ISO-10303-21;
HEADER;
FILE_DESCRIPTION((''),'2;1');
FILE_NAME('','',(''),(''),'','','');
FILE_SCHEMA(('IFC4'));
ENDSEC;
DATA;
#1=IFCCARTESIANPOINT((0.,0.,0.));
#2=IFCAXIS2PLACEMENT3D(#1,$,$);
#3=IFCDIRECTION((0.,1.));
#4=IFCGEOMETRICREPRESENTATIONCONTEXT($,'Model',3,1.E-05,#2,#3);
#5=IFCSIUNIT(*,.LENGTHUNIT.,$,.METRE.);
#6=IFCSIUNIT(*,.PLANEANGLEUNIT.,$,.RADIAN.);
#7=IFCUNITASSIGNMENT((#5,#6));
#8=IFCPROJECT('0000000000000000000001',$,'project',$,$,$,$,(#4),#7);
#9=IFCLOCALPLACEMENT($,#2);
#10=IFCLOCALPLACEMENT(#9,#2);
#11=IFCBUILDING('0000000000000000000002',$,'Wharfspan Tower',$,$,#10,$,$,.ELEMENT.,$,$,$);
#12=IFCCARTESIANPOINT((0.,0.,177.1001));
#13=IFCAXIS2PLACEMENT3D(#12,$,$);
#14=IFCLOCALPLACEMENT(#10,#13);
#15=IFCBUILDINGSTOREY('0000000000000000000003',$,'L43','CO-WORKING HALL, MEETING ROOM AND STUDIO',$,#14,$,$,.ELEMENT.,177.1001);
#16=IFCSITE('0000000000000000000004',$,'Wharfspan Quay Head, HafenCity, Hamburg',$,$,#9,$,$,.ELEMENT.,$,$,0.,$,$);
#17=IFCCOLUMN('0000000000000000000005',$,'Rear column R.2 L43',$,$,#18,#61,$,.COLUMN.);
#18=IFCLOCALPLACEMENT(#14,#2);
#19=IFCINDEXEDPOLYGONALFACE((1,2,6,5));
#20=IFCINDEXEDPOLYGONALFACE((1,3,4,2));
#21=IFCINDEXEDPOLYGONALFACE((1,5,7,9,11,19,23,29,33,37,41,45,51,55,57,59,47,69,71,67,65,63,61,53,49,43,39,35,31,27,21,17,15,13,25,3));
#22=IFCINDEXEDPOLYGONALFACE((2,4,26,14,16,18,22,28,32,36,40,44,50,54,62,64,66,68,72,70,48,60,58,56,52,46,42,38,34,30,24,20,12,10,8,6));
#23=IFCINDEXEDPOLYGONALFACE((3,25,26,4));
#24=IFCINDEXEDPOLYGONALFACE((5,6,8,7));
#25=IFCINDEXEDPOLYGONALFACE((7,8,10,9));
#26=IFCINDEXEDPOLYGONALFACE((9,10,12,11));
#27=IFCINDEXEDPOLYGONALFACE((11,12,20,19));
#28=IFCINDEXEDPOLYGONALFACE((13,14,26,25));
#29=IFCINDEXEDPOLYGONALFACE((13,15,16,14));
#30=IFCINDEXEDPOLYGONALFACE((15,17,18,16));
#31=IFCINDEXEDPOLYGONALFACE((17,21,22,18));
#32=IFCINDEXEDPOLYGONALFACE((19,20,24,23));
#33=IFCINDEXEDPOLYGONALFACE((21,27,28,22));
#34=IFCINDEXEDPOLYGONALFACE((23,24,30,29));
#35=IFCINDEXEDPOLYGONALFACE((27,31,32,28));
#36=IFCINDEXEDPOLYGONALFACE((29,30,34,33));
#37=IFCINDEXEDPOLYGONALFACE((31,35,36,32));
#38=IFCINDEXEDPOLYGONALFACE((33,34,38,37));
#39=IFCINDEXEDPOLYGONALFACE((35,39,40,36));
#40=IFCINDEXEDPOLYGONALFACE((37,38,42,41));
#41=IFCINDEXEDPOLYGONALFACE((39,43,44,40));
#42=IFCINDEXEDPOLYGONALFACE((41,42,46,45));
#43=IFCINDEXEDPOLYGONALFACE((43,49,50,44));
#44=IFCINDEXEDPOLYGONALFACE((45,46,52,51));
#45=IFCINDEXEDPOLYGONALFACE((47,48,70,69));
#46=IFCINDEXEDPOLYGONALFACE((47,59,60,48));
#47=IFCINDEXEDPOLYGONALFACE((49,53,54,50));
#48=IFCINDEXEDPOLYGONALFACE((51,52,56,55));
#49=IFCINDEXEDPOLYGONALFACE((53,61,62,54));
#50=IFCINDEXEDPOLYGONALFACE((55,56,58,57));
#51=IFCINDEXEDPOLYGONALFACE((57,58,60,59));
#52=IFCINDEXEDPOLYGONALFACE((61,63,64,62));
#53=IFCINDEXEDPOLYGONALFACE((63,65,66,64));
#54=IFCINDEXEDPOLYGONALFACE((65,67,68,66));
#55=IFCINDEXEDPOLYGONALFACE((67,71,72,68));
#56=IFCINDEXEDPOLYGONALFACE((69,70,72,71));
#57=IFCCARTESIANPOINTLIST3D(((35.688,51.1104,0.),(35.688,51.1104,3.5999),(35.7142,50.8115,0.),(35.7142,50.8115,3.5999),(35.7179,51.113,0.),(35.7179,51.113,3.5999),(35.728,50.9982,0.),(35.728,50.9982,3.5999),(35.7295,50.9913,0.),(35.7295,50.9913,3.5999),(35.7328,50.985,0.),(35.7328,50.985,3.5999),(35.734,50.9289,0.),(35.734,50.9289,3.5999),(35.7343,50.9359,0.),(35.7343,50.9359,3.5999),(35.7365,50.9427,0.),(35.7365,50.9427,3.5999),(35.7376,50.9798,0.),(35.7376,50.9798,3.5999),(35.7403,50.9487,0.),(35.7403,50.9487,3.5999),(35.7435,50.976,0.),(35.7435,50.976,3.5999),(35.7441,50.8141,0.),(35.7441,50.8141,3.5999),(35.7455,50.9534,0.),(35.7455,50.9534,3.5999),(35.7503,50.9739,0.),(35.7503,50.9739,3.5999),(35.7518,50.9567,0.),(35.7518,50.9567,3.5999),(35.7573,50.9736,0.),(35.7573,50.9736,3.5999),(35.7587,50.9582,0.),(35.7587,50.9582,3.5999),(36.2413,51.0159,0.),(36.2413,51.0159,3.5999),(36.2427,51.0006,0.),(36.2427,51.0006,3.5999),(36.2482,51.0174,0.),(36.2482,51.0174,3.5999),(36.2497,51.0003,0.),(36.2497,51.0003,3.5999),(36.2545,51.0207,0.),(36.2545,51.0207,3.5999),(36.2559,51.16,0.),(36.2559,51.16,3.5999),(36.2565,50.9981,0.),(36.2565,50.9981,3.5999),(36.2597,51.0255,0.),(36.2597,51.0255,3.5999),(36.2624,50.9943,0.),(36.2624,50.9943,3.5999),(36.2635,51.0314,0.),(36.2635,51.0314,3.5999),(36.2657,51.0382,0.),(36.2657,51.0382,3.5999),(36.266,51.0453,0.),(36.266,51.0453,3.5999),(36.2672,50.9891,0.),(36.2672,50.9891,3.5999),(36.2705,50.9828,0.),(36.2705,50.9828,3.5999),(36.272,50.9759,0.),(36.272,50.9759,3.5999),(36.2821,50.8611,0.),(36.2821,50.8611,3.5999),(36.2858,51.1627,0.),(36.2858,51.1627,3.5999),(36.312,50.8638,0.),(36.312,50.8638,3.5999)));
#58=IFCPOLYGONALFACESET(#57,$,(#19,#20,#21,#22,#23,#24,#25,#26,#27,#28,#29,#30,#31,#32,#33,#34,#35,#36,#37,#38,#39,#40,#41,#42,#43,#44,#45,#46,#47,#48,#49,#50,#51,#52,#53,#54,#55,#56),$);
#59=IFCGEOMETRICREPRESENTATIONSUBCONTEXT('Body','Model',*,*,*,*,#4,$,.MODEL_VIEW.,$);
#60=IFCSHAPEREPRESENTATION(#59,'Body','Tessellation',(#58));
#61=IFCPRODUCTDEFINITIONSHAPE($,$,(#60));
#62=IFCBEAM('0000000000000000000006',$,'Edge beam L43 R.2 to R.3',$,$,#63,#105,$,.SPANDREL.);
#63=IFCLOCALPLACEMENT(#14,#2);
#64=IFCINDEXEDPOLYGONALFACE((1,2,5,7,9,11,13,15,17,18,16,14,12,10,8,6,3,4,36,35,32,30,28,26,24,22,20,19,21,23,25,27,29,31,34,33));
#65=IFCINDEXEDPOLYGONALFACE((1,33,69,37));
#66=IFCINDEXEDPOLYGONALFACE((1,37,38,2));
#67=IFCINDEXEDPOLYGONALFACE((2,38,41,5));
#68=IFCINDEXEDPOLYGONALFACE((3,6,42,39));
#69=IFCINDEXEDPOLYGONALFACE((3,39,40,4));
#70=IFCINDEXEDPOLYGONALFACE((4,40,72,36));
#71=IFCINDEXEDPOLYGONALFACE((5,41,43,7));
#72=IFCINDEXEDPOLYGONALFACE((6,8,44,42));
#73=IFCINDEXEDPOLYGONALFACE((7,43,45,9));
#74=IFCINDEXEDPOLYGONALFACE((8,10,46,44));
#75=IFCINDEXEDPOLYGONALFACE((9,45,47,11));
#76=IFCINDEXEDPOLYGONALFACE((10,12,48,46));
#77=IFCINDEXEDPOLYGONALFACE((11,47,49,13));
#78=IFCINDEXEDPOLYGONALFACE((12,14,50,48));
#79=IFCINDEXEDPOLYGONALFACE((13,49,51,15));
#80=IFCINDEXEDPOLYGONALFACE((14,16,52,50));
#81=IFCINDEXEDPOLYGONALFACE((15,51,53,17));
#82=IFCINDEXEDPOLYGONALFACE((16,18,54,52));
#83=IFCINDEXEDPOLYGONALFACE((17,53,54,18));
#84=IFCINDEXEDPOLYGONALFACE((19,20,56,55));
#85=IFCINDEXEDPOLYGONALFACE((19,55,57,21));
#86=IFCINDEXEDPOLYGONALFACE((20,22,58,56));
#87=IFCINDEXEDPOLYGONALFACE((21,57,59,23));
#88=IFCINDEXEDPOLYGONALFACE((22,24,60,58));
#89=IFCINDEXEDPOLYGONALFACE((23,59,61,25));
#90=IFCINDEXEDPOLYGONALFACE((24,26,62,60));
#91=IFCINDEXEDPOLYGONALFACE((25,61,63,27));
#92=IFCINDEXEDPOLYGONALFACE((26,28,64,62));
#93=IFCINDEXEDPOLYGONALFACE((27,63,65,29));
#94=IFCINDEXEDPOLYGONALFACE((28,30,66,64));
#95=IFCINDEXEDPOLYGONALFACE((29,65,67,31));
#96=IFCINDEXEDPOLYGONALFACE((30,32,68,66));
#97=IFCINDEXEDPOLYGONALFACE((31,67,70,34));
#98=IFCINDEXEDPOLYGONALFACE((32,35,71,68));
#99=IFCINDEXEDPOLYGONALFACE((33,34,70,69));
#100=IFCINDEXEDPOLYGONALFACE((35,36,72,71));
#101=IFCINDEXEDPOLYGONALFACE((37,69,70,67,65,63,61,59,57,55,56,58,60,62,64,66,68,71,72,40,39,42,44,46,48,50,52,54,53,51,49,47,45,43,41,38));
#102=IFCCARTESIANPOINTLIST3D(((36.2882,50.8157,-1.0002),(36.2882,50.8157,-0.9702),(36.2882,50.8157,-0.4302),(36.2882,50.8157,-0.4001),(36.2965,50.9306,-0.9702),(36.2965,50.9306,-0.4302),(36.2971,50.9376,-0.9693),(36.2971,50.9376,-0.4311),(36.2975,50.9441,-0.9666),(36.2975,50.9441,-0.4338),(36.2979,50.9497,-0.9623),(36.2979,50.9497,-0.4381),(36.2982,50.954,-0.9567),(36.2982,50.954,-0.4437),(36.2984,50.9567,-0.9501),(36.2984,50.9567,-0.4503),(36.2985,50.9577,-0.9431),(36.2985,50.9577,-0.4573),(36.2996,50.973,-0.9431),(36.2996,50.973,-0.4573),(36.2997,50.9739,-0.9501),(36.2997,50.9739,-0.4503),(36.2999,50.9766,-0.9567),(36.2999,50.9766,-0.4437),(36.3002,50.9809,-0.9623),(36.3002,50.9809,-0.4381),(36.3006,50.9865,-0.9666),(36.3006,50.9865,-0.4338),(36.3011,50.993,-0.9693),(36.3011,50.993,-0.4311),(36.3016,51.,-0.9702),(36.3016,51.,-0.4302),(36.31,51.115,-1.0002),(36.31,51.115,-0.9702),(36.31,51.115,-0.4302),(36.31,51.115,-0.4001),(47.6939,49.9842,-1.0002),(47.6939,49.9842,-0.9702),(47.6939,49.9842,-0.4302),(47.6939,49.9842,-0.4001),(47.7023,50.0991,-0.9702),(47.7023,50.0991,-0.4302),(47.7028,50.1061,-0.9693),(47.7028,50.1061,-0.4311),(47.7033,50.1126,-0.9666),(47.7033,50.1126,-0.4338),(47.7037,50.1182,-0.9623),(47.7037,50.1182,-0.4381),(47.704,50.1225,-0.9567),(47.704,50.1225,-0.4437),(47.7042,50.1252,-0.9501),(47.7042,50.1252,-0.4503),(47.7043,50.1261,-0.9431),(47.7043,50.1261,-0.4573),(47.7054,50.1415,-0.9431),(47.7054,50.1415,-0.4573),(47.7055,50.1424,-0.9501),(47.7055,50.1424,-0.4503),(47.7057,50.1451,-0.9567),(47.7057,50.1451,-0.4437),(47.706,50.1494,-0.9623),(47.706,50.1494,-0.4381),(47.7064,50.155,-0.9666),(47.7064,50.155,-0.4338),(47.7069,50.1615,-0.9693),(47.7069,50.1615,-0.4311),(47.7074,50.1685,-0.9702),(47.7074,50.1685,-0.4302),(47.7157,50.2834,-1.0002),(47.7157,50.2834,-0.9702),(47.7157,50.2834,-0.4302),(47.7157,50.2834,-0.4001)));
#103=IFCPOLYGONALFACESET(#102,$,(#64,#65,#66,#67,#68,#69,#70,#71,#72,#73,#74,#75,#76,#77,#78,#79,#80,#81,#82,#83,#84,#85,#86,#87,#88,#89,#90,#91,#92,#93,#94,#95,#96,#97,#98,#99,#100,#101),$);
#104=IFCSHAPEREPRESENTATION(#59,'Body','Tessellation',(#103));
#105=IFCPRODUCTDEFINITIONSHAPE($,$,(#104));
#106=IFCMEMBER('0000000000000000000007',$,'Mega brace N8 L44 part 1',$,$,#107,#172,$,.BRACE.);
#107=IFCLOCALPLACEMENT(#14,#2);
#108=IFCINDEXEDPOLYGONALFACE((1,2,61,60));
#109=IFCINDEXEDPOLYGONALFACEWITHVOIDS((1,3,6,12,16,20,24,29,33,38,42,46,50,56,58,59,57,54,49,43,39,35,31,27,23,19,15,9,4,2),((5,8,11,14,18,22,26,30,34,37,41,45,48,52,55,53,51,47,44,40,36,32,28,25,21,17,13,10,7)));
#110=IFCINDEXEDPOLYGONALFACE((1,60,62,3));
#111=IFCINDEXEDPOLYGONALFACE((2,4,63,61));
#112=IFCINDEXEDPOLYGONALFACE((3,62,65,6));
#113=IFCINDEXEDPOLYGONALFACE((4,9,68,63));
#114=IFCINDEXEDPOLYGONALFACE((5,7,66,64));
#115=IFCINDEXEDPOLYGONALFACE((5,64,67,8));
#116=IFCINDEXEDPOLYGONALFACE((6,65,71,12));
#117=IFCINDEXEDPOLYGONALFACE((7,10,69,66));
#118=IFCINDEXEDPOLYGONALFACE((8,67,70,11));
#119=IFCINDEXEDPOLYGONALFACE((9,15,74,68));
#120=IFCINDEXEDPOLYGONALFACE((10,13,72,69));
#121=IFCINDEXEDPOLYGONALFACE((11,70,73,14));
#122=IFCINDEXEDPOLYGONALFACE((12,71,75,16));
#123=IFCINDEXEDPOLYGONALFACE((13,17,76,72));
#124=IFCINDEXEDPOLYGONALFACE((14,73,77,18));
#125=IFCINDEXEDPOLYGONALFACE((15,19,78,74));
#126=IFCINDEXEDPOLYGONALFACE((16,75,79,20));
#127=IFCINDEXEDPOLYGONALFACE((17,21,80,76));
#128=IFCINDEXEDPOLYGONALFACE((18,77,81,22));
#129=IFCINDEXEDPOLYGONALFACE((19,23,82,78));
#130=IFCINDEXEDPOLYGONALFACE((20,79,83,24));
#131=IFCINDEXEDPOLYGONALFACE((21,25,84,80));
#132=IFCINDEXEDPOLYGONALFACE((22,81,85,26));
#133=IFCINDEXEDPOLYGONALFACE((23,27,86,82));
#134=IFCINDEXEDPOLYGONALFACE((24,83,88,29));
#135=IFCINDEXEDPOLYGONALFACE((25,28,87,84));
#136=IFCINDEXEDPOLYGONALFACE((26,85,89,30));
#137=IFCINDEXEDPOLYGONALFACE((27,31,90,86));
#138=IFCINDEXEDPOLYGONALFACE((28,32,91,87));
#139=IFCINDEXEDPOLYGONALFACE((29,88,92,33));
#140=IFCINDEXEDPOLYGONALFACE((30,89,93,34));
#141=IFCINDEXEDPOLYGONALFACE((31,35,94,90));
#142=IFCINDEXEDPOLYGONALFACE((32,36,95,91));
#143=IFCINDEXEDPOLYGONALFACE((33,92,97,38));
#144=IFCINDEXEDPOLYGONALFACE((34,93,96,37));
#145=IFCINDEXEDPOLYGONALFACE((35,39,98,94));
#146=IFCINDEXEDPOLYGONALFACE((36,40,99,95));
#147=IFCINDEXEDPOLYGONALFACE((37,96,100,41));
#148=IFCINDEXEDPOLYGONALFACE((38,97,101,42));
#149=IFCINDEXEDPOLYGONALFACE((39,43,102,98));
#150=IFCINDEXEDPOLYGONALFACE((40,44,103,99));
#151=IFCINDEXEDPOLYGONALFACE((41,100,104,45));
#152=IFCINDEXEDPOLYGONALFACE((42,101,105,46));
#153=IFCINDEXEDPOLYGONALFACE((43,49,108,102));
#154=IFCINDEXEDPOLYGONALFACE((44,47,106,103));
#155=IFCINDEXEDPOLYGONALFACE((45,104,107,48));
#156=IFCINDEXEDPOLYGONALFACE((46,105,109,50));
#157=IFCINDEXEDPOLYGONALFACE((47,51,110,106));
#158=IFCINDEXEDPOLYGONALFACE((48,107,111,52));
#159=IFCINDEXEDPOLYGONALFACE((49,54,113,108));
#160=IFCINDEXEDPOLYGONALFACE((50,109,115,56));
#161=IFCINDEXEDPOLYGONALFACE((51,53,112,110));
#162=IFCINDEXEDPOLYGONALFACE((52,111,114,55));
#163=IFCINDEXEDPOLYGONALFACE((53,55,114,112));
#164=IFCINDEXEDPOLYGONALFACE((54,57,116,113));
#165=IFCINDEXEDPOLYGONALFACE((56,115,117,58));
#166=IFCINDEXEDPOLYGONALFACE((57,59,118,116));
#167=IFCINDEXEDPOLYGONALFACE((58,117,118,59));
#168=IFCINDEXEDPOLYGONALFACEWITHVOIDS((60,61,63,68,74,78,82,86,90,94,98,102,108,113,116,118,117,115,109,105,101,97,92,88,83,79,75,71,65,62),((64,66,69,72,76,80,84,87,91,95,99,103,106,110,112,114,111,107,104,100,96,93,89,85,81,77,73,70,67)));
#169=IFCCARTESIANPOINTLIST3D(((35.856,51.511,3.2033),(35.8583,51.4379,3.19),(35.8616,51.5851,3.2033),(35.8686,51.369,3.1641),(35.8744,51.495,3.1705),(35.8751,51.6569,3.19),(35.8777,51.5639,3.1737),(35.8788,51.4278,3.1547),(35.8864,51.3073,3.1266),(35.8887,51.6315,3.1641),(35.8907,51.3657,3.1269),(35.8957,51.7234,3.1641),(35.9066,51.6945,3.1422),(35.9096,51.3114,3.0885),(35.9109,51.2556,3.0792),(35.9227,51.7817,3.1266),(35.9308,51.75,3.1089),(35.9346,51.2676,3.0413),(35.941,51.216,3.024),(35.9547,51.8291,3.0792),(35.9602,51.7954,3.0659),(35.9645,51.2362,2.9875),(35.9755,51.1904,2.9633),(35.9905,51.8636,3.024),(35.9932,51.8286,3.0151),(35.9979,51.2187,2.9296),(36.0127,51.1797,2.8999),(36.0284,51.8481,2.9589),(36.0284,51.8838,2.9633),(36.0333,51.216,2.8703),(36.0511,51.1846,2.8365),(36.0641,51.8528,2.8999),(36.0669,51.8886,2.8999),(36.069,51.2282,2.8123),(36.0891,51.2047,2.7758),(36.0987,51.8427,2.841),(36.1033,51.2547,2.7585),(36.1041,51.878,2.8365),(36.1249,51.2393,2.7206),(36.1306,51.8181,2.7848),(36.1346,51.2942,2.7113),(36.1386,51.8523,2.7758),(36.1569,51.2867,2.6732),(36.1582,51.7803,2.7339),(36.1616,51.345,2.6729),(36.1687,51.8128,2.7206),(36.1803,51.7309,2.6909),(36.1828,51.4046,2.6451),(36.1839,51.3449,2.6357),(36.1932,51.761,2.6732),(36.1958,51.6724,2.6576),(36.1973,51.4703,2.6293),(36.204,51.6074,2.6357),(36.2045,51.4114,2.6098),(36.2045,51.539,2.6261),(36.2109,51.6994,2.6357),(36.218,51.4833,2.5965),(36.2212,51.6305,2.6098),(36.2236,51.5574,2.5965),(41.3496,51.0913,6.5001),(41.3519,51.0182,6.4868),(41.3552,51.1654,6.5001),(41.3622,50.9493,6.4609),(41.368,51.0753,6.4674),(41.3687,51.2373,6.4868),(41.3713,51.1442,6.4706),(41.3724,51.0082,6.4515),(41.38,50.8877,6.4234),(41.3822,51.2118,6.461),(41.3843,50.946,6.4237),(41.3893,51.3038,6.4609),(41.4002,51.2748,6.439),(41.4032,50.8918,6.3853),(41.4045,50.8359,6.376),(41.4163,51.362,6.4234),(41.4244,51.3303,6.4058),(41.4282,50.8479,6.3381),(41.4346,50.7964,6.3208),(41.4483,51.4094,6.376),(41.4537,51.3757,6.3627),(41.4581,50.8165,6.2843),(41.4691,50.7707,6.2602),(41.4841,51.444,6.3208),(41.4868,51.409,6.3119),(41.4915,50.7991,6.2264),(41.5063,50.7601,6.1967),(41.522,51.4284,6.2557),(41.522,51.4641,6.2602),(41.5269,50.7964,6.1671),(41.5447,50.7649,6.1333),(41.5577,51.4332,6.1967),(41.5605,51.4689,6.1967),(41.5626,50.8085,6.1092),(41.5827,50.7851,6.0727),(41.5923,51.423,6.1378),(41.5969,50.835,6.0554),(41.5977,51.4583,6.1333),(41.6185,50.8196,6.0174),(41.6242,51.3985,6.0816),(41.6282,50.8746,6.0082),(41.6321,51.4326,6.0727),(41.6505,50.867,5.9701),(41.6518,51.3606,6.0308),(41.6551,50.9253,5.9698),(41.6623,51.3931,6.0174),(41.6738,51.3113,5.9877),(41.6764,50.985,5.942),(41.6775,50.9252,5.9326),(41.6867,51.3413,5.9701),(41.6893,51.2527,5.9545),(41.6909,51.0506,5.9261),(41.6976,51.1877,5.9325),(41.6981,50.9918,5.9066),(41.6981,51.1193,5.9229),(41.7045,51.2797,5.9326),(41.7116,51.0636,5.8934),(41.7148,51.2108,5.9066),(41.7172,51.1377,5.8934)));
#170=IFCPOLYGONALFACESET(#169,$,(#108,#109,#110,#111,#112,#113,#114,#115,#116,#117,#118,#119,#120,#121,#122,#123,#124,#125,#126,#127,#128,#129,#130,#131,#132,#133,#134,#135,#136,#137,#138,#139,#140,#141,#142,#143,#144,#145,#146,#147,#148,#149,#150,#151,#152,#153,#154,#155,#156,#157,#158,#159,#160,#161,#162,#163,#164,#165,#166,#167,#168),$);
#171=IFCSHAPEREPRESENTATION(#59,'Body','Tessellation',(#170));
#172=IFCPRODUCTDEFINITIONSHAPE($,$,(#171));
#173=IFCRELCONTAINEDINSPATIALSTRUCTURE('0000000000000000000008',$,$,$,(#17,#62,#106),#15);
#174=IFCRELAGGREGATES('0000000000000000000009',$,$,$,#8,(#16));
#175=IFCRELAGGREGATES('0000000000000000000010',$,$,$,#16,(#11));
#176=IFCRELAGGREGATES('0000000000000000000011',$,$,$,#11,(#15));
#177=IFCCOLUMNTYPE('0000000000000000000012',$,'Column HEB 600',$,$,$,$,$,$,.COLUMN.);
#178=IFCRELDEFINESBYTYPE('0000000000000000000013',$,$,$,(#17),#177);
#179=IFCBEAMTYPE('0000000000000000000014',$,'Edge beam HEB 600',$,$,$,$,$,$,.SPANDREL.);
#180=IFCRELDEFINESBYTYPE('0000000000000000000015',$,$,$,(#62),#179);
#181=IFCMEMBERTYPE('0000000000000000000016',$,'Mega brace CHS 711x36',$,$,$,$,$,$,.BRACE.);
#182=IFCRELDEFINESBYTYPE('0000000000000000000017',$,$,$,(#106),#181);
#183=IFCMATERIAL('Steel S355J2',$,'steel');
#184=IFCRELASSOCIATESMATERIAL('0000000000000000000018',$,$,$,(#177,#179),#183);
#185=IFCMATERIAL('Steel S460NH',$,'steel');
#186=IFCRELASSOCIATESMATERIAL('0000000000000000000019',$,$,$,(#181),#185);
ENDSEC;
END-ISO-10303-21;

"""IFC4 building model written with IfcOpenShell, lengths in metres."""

from ifc_helpers import new_model, si_unit, direction, frame, origin, origin_2d, place, context, subcontext, project, spatial, hollow_circle, i_section, extrude, material, material_profile, profile_set, type_object, element, save


model = new_model("IFC4")

# Units and contexts
model_context = context("Model", 3, precision=1e-05, world=origin(), true_north=direction((0.0, 1.0)))
body_context = subcontext(model_context, "Body", "Model", "MODEL_VIEW")
ifc_project = project(units=[si_unit("LENGTHUNIT", "METRE"), si_unit("PLANEANGLEUNIT", "RADIAN")], contexts=[model_context])

# Site, building, storey
site_placement = place(None, origin())
site = spatial("IfcSite", under=ifc_project, at=site_placement, Name="Wharfspan Quay Head, HafenCity, Hamburg", CompositionType="ELEMENT", RefElevation=0.0)
building_placement = place(site_placement, origin())
building = spatial("IfcBuilding", under=site, at=building_placement, Name="Wharfspan Tower", CompositionType="ELEMENT")
storey_placement = place(building_placement, frame((0.0, 0.0, 177.1001)))
storey = spatial("IfcBuildingStorey", under=building, at=storey_placement, Name="L43", Description="CO-WORKING HALL, MEETING ROOM AND STUDIO", CompositionType="ELEMENT", Elevation=177.1001)

# Column
ifc_material_1 = material(Name="Steel S355J2", Category="steel")
ifc_material_profile_1 = material_profile(ifc_material_1, i_section(OverallWidth=0.3, OverallDepth=0.6001, WebThickness=0.0154, FlangeThickness=0.03, FilletRadius=0.0271, at=origin_2d()))
ifc_profile_set_1 = profile_set([ifc_material_profile_1], Name="Steel S355J2")
column_type = type_object("IfcColumnType", Name="Column HEB 600", PredefinedType="COLUMN", material=ifc_profile_set_1)
column_placement = place(storey_placement, frame((36.0, 50.9871, 0.0), z_axis=(0.0, 0.0, 1.0), x_axis=(-0.087156, 0.996198, 0.0)))
element("IfcColumn", 1, at=column_placement, inside=storey, type_object=column_type, Name="Rear column R.2 L43", PredefinedType="COLUMN", context=body_context, shape_type="SweptSolid", body=[
    extrude(i_section(OverallWidth=0.3, OverallDepth=0.6001, WebThickness=0.0154, FlangeThickness=0.03, FilletRadius=0.0271, at=origin_2d()), origin(), (0.0, 0.0, 1.0), 3.5999),
])

# Beam
ifc_material_profile_2 = material_profile(ifc_material_1, i_section(OverallWidth=0.3, OverallDepth=0.6001, WebThickness=0.0154, FlangeThickness=0.03, FilletRadius=0.0271, at=origin_2d()))
ifc_profile_set_2 = profile_set([ifc_material_profile_2], Name="Steel S355J2")
beam_type = type_object("IfcBeamType", Name="Edge beam HEB 600", PredefinedType="SPANDREL", material=ifc_profile_set_2)
beam_placement = place(storey_placement, frame((36.2991, 50.9653, -0.7002), z_axis=(0.997353, -0.072713, 0.0), x_axis=(0.072713, 0.997353, 0.0)))
element("IfcBeam", 2, at=beam_placement, inside=storey, type_object=beam_type, Name="Edge beam L43 R.2 to R.3", PredefinedType="SPANDREL", context=body_context, shape_type="SweptSolid", body=[
    extrude(i_section(OverallWidth=0.3, OverallDepth=0.6001, WebThickness=0.0154, FlangeThickness=0.03, FilletRadius=0.0271, at=origin_2d()), origin(), (0.0, 0.0, 1.0), 11.436),
])

# Member
ifc_material_2 = material(Name="Steel S460NH", Category="steel")
ifc_material_profile_3 = material_profile(ifc_material_2, hollow_circle(Radius=0.3555, WallThickness=0.0359, at=origin_2d()))
ifc_profile_set_3 = profile_set([ifc_material_profile_3], Name="Steel S460NH")
member_type = type_object("IfcMemberType", Name="Mega brace CHS 711x36", PredefinedType="BRACE", material=ifc_profile_set_3)
member_placement = place(storey_placement, frame((36.0398, 51.5342, 2.8999), z_axis=(0.855612, -0.065363, 0.513474), x_axis=(0.07617, 0.997093, 0.000002)))
element("IfcMember", 3, at=member_placement, inside=storey, type_object=member_type, Name="Mega brace N8 L44 part 1", PredefinedType="BRACE", context=body_context, shape_type="SweptSolid", body=[
    extrude(hollow_circle(Radius=0.3555, WallThickness=0.0359, at=origin_2d()), origin(), (0.0, 0.0, 1.0), 6.4207),
])

save(model, "model.ifc")
